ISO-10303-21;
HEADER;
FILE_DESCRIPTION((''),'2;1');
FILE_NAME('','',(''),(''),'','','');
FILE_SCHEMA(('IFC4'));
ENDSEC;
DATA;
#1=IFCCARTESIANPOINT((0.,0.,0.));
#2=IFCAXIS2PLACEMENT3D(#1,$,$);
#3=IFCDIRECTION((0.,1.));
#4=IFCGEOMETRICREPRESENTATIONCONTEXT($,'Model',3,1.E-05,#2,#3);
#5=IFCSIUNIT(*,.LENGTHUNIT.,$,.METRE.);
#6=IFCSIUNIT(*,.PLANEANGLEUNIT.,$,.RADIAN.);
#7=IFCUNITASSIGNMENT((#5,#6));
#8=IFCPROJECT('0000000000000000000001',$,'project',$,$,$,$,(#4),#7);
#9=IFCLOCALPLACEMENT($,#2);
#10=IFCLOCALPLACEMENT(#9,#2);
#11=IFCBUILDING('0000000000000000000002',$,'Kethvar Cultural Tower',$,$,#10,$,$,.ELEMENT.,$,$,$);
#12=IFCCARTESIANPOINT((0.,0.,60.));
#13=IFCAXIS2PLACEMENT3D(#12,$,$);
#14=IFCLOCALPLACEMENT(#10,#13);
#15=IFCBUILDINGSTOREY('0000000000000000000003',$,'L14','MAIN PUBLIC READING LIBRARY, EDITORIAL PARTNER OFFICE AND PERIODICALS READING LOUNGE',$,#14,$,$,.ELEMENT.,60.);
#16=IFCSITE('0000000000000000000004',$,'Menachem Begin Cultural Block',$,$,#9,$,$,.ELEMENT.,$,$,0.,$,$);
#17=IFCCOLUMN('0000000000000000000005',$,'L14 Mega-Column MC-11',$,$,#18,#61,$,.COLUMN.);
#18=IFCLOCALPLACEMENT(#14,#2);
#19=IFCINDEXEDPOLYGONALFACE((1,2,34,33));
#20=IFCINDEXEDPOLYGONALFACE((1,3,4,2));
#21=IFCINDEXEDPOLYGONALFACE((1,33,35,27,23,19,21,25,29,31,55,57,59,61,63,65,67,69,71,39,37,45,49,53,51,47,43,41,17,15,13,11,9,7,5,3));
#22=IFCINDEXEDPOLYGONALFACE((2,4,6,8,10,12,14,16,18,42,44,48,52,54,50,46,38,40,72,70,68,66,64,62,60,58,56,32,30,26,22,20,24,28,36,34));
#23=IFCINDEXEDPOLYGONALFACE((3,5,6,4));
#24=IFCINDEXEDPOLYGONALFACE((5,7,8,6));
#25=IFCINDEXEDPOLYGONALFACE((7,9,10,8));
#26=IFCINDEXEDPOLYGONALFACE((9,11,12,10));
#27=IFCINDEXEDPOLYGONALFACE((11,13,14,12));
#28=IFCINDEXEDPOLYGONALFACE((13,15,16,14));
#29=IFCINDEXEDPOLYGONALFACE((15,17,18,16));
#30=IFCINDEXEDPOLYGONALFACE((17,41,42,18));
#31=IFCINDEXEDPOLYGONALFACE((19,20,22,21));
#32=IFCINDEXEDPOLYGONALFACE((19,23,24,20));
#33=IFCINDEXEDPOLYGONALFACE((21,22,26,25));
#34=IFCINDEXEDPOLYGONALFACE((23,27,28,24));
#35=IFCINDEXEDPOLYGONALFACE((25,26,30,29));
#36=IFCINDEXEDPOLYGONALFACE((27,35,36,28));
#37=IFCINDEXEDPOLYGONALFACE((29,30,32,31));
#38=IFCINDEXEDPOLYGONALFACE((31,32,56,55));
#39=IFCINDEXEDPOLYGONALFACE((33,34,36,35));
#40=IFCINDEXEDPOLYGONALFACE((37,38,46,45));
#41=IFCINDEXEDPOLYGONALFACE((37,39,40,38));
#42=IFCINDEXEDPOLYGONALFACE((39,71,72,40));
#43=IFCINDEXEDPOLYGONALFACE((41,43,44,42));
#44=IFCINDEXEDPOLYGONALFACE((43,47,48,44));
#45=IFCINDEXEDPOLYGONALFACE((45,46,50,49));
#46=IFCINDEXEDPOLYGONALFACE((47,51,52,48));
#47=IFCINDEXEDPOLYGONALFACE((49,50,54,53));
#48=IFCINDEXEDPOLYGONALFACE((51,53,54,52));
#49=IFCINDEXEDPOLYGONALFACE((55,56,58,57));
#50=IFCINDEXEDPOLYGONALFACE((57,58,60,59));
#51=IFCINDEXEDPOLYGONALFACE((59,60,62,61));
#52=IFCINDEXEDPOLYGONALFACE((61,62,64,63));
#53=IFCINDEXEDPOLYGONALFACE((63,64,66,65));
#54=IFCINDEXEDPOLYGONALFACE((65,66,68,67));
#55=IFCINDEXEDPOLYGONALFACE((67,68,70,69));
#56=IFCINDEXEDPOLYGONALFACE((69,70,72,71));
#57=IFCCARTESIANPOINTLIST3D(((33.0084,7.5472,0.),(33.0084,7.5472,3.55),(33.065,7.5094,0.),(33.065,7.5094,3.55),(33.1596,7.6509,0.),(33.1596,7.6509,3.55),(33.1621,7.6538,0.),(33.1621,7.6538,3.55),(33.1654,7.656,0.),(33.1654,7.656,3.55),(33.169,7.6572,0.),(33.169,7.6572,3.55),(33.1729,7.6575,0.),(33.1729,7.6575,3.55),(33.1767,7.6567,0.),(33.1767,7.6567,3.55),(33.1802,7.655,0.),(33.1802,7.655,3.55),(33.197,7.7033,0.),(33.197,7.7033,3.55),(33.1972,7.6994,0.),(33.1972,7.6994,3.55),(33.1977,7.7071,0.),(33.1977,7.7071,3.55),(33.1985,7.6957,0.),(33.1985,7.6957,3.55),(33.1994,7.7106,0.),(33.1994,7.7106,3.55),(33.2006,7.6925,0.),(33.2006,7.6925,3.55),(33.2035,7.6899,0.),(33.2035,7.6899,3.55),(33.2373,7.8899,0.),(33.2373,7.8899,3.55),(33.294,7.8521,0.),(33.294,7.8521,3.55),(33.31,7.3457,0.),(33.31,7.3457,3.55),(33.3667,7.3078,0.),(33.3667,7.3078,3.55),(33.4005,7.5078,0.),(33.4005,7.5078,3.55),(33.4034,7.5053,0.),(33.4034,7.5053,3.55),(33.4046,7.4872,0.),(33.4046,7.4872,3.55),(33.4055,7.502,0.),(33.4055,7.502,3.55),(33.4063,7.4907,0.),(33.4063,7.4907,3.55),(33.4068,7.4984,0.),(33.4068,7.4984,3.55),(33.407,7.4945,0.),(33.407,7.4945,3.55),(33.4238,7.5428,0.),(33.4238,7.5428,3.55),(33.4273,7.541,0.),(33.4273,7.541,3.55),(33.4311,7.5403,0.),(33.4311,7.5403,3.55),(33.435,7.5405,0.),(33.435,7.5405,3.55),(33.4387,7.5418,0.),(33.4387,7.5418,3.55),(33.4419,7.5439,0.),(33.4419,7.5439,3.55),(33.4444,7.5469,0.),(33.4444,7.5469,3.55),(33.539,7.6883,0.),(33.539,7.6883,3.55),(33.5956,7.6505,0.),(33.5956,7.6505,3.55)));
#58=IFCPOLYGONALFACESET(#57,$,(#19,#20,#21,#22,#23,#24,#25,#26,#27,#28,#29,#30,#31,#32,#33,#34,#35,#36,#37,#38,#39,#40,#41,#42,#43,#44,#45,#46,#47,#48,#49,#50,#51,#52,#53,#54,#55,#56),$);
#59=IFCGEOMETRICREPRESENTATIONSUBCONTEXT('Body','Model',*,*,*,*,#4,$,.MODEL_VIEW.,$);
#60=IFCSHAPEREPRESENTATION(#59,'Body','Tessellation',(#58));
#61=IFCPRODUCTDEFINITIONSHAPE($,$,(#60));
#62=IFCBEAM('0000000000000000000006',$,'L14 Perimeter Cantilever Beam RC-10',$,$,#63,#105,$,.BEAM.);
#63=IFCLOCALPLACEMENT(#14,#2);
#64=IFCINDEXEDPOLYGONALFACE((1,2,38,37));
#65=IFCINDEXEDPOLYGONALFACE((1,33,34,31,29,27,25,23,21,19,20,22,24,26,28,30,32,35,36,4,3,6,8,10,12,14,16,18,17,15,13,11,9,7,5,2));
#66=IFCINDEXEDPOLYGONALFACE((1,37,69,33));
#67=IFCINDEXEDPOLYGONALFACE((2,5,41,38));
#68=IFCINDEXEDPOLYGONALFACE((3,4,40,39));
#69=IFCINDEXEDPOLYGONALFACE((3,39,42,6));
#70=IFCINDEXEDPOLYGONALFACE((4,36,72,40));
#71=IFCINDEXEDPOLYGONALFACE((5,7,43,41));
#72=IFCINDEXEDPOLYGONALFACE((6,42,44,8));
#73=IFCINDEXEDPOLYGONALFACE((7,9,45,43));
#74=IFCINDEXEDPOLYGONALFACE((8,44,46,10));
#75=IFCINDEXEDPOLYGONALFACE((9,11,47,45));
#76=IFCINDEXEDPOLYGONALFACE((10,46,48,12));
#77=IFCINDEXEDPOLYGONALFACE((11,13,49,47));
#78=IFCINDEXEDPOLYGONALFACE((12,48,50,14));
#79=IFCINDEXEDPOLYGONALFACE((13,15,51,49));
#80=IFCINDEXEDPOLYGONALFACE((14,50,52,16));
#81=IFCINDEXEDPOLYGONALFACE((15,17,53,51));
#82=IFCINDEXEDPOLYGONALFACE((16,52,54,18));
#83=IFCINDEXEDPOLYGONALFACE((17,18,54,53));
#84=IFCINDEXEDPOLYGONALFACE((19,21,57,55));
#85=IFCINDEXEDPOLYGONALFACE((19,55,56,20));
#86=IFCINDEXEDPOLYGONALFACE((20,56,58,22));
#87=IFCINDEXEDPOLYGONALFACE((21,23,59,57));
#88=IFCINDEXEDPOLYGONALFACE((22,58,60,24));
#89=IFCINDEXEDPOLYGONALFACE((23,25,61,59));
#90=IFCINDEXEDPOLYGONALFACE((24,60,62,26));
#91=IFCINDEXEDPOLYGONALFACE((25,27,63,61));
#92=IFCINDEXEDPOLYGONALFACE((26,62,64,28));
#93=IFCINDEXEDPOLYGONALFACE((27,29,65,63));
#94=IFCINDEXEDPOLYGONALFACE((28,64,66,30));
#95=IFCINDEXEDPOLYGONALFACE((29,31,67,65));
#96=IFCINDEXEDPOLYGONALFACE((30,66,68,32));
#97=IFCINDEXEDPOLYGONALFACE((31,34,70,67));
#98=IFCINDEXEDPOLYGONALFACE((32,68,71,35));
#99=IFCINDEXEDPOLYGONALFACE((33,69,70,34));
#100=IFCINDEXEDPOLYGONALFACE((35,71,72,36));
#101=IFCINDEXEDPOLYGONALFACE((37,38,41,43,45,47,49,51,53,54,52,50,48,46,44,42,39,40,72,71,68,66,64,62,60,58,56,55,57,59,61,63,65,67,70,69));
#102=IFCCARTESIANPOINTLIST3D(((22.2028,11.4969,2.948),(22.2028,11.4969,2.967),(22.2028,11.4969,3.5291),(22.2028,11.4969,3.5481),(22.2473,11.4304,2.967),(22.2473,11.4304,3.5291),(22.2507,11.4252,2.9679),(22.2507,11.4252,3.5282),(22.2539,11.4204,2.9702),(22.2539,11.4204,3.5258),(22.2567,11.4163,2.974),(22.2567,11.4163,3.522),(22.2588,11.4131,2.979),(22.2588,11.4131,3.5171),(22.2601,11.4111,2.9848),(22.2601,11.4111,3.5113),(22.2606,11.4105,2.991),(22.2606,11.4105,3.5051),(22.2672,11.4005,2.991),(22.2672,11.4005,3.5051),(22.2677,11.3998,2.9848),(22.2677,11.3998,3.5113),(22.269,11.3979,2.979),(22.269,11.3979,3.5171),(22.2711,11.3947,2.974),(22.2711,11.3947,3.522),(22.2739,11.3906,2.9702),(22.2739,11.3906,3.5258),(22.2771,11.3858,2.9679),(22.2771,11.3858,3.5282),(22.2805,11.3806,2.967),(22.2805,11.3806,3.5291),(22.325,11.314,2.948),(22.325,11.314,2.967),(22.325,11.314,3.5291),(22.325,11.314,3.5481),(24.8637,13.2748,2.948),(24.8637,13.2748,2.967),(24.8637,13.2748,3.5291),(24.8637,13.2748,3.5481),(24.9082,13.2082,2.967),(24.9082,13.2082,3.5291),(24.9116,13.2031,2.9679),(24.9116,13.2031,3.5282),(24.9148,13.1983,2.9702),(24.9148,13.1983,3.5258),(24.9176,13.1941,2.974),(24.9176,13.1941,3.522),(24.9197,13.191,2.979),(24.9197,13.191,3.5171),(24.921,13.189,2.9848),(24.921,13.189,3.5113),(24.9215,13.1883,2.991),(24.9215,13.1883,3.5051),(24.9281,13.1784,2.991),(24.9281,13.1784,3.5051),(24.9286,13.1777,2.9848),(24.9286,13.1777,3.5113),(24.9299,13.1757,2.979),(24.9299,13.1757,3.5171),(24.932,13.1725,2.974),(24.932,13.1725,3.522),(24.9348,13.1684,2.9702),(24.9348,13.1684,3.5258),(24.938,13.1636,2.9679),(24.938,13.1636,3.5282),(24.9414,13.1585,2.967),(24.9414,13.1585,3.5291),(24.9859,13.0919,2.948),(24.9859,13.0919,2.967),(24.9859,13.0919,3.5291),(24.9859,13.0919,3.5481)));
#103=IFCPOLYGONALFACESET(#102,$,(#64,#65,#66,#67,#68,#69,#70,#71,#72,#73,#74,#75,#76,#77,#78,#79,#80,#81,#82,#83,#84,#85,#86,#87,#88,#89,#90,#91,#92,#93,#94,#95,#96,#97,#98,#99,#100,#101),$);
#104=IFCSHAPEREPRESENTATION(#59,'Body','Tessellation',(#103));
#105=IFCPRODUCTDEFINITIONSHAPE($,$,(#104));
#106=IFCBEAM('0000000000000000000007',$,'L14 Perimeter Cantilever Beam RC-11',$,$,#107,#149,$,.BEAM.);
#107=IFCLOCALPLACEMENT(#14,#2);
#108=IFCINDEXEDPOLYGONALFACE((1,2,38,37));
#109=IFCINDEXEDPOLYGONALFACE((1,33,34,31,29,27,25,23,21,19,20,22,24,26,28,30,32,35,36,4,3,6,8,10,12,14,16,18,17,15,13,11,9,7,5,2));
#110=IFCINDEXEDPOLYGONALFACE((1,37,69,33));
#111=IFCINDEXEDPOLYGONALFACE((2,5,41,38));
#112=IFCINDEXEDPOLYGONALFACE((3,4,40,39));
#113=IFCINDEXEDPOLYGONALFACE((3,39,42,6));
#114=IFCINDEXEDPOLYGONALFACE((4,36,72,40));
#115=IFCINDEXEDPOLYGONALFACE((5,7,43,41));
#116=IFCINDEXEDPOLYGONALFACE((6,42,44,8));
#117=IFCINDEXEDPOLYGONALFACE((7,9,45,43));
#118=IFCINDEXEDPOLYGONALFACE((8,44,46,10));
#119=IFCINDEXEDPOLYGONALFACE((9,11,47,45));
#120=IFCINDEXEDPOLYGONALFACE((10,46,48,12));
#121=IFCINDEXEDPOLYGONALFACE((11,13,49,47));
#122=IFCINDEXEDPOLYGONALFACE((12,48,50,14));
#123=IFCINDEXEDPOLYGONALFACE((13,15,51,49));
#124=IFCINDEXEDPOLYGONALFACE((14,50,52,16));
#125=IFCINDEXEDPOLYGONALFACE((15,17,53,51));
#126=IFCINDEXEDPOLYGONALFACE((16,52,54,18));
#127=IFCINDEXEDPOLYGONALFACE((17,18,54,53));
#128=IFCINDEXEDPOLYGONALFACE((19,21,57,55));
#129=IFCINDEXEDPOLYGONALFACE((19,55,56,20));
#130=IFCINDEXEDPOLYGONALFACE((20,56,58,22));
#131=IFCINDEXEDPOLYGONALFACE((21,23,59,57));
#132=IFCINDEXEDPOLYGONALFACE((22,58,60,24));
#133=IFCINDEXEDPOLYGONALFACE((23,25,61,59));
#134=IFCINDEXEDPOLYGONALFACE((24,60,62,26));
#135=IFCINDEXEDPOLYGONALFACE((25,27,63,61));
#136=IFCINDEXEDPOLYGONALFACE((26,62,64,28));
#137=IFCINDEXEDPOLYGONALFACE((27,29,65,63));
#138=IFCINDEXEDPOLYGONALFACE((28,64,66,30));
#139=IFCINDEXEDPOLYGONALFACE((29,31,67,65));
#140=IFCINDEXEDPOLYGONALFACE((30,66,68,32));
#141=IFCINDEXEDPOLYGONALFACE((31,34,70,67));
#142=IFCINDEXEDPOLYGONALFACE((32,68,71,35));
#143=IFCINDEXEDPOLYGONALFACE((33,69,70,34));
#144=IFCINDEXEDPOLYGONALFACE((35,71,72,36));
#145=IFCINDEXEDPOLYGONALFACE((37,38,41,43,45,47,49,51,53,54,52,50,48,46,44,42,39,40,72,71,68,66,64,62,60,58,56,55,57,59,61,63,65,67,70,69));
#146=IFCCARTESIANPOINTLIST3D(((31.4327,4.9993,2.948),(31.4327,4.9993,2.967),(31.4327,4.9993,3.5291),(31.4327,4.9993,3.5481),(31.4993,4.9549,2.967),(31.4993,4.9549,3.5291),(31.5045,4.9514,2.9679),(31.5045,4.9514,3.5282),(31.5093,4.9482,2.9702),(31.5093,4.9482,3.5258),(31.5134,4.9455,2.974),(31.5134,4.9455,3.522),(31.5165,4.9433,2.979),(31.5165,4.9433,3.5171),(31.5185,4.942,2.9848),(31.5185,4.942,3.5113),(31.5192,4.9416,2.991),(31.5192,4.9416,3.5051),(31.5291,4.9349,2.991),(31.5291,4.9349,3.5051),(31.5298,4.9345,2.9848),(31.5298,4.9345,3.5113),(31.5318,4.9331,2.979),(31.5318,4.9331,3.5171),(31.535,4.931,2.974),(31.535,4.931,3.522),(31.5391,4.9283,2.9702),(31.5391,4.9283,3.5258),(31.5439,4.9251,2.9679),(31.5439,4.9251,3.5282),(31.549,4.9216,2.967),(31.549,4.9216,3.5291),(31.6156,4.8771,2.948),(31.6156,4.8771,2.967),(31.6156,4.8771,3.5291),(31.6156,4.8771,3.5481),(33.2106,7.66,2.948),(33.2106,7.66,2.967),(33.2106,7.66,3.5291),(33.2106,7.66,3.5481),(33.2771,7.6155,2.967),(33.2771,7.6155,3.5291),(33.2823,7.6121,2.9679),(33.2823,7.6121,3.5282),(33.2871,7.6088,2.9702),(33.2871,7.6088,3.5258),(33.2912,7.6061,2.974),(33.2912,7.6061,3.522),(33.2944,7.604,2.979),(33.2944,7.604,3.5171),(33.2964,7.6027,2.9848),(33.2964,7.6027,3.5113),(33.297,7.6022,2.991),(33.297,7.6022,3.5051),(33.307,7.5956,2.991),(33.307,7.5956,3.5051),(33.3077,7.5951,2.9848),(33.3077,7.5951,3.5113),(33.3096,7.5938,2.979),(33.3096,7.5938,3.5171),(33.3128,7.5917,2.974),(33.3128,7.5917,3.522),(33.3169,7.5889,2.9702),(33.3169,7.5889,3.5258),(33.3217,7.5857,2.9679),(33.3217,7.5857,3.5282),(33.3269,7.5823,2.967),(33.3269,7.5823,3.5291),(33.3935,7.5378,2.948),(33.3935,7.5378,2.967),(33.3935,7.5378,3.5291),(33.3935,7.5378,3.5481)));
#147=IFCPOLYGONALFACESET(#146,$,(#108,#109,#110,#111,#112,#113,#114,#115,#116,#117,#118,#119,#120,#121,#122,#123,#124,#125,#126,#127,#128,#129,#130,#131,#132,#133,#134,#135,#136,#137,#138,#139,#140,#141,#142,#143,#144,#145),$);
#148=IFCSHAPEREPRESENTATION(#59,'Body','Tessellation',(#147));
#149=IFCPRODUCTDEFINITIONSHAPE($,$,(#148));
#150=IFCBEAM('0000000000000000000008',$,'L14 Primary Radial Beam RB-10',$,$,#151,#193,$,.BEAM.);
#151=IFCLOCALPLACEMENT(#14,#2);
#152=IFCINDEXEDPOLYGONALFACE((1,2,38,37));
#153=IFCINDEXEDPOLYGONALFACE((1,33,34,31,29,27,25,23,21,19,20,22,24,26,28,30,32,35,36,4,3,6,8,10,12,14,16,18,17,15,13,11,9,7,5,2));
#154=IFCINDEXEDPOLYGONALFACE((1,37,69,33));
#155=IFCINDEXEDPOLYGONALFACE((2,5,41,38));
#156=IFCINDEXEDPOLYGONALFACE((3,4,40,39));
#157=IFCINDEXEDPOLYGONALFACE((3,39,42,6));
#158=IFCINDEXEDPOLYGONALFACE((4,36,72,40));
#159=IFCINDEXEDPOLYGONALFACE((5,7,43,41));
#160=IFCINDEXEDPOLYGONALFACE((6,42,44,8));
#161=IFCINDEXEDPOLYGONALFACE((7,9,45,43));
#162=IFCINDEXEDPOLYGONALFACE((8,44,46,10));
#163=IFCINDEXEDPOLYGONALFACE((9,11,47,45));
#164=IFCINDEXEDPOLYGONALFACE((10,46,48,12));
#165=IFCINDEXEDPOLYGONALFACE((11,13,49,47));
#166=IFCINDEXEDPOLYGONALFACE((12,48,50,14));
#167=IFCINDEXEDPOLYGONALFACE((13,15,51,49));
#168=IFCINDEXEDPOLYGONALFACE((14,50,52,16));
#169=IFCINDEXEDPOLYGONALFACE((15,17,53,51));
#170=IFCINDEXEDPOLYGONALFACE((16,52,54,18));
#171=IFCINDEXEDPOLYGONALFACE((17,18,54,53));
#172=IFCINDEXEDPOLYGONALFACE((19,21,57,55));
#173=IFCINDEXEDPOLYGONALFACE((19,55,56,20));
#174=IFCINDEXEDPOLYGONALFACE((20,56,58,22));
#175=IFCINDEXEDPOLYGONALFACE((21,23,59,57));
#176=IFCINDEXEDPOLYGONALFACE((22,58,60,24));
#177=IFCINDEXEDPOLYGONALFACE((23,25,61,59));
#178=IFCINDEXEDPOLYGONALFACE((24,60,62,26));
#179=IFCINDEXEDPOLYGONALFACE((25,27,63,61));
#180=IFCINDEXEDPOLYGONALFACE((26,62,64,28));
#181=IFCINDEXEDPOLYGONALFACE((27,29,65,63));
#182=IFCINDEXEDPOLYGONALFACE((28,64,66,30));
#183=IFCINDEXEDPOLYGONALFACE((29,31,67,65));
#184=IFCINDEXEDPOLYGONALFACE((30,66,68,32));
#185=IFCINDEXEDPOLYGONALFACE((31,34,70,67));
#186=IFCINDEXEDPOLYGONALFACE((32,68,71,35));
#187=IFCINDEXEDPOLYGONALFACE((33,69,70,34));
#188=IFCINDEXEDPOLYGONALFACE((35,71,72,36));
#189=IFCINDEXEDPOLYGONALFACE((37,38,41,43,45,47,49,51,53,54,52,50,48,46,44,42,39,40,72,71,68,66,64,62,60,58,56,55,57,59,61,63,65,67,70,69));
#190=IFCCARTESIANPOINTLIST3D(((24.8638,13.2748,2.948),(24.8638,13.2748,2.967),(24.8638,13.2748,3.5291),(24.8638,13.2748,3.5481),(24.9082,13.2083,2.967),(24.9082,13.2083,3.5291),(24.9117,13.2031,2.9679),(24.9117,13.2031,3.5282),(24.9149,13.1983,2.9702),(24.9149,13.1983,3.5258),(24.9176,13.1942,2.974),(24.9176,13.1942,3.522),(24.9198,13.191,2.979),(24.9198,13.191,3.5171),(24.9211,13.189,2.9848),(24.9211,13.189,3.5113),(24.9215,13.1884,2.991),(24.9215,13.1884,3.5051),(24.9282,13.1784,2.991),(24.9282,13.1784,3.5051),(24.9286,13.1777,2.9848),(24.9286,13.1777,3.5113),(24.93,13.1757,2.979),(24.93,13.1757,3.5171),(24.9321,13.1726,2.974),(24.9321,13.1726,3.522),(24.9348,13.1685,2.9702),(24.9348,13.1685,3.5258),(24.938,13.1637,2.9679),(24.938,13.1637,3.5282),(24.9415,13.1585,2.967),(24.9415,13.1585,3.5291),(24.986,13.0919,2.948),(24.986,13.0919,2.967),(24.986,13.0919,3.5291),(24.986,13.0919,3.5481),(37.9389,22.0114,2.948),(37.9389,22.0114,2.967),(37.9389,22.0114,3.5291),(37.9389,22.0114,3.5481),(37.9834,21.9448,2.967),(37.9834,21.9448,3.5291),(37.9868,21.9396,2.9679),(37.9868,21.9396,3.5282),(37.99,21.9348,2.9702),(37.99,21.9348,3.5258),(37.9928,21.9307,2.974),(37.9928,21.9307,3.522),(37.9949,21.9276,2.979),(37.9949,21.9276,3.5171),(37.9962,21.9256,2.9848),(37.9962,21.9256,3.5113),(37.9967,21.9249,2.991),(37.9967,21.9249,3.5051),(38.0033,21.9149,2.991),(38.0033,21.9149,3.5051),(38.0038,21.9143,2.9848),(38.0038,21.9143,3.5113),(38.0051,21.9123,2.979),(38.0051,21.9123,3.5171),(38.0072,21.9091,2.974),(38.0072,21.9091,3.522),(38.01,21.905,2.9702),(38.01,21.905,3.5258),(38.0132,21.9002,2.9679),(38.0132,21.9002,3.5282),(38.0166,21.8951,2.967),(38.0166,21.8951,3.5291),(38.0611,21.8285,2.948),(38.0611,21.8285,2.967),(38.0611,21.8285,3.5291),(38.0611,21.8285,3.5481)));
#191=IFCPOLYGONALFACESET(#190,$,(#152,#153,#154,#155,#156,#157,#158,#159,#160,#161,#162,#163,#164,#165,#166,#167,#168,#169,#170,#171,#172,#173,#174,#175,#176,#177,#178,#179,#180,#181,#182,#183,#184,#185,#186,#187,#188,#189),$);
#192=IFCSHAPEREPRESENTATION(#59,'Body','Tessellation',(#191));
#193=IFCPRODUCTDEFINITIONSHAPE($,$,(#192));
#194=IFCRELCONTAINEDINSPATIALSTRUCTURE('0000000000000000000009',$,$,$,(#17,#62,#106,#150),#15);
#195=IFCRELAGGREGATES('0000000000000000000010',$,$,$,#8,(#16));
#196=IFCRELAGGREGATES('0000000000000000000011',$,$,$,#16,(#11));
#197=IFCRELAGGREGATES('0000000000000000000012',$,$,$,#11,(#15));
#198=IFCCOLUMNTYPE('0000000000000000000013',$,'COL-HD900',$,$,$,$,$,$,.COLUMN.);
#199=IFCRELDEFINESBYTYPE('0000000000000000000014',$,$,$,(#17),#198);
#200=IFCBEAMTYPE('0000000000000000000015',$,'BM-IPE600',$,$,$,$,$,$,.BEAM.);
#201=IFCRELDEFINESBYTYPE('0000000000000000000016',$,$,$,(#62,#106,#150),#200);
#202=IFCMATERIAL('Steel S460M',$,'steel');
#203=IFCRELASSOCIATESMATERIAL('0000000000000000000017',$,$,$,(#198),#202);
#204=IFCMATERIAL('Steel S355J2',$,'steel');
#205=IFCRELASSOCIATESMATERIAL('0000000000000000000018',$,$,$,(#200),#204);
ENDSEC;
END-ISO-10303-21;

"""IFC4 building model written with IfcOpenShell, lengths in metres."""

from ifc_helpers import new_model, si_unit, direction, frame, origin, origin_2d, place, context, subcontext, project, spatial, i_section, extrude, source, transform, mapped, material, material_profile, profile_set, type_object, element, save


model = new_model("IFC4")

# Units and contexts
model_context = context("Model", 3, precision=1e-05, world=origin(), true_north=direction((0.0, 1.0)))
body_context = subcontext(model_context, "Body", "Model", "MODEL_VIEW")
ifc_project = project(units=[si_unit("LENGTHUNIT", "METRE"), si_unit("PLANEANGLEUNIT", "RADIAN")], contexts=[model_context])

# Site, building, storey
site_placement = place(None, origin())
site = spatial("IfcSite", under=ifc_project, at=site_placement, Name="Menachem Begin Cultural Block", CompositionType="ELEMENT", RefElevation=0.0)
building_placement = place(site_placement, origin())
building = spatial("IfcBuilding", under=site, at=building_placement, Name="Kethvar Cultural Tower", CompositionType="ELEMENT")
storey_placement = place(building_placement, frame((0.0, 0.0, 60.0)))
storey = spatial("IfcBuildingStorey", under=building, at=storey_placement, Name="L14", Description="MAIN PUBLIC READING LIBRARY, EDITORIAL PARTNER OFFICE AND PERIODICALS READING LOUNGE", CompositionType="ELEMENT", Elevation=60.0)

# Column
ifc_material_1 = material(Name="Steel S460M", Category="steel")
ifc_material_profile_1 = material_profile(ifc_material_1, i_section(OverallWidth=0.4121, OverallDepth=0.4309, WebThickness=0.042, FlangeThickness=0.0681, FilletRadius=0.0149, at=origin_2d()), Name="Steel S460M — HD400x900")
ifc_profile_set_1 = profile_set([ifc_material_profile_1], Name="Steel S460M — HD400x900")
column_type = type_object("IfcColumnType", Name="COL-HD900", PredefinedType="COLUMN", material=ifc_profile_set_1)
shared_shape_1 = source(origin(), body_context, "Body", "SweptSolid", [
    extrude(i_section(OverallWidth=0.4121, OverallDepth=0.4309, WebThickness=0.042, FlangeThickness=0.0681, FilletRadius=0.0149, at=origin_2d()), origin(), (0.0, 0.0, 1.0), 3.55),
])
column_placement = place(storey_placement, frame((33.302, 7.5989, 0.0), z_axis=(0.0, 0.0, 1.0), x_axis=(-0.55557, -0.83147, 0.0)))
element("IfcColumn", 1, at=column_placement, inside=storey, type_object=column_type, Name="L14 Mega-Column MC-11", PredefinedType="COLUMN", context=body_context, shape_type="MappedRepresentation", body=[
    mapped(shared_shape_1, transform((0.0, 0.0, 0.0), scale=1.0)),
])

# Beams
ifc_material_2 = material(Name="Steel S355J2", Category="steel")
ifc_material_profile_2 = material_profile(ifc_material_2, i_section(OverallWidth=0.22, OverallDepth=0.6001, WebThickness=0.012, FlangeThickness=0.019, FilletRadius=0.0239, at=origin_2d()), Name="Steel S355J2 — IPE600")
ifc_profile_set_2 = profile_set([ifc_material_profile_2], Name="Steel S355J2 — IPE600")
beam_type_1 = type_object("IfcBeamType", Name="BM-IPE600", PredefinedType="BEAM", material=ifc_profile_set_2)
shared_shape_2 = source(origin(), body_context, "Body", "SweptSolid", [
    extrude(i_section(OverallWidth=0.22, OverallDepth=0.6001, WebThickness=0.012, FlangeThickness=0.019, FilletRadius=0.0239, at=origin_2d()), origin(), (0.0, 0.0, 1.0), 3.2002),
])
beam_1_placement = place(storey_placement, frame((24.9248, 13.1833, 3.248), z_axis=(-0.831486, -0.555545, 0.0), x_axis=(0.555545, -0.831486, 0.0)))
element("IfcBeam", 2, at=beam_1_placement, inside=storey, type_object=beam_type_1, Name="L14 Perimeter Cantilever Beam RC-10", PredefinedType="BEAM", context=body_context, shape_type="MappedRepresentation", body=[
    mapped(shared_shape_2, transform((0.0, 0.0, 0.0), scale=1.0)),
])
shared_shape_3 = source(origin(), body_context, "Body", "SweptSolid", [
    extrude(i_section(OverallWidth=0.22, OverallDepth=0.6001, WebThickness=0.012, FlangeThickness=0.019, FilletRadius=0.0239, at=origin_2d()), origin(), (0.0, 0.0, 1.0), 3.2),
])
beam_2_placement = place(storey_placement, frame((33.302, 7.5989, 3.248), z_axis=(-0.55558, -0.831463, 0.0), x_axis=(0.831463, -0.55558, 0.0)))
element("IfcBeam", 3, at=beam_2_placement, inside=storey, type_object=beam_type_1, Name="L14 Perimeter Cantilever Beam RC-11", PredefinedType="BEAM", context=body_context, shape_type="MappedRepresentation", body=[
    mapped(shared_shape_3, transform((0.0, 0.0, 0.0), scale=1.0)),
])
shared_shape_4 = source(origin(), body_context, "Body", "SweptSolid", [
    extrude(i_section(OverallWidth=0.22, OverallDepth=0.6001, WebThickness=0.012, FlangeThickness=0.019, FilletRadius=0.0239, at=origin_2d()), origin(), (0.0, 0.0, 1.0), 15.7253),
])
beam_3_placement = place(storey_placement, frame((38.0, 21.9199, 3.248), z_axis=(-0.831469, -0.55557, 0.0), x_axis=(0.55557, -0.831469, 0.0)))
element("IfcBeam", 4, at=beam_3_placement, inside=storey, type_object=beam_type_1, Name="L14 Primary Radial Beam RB-10", PredefinedType="BEAM", context=body_context, shape_type="MappedRepresentation", body=[
    mapped(shared_shape_4, transform((0.0, 0.0, 0.0), scale=1.0)),
])

save(model, "model.ifc")
